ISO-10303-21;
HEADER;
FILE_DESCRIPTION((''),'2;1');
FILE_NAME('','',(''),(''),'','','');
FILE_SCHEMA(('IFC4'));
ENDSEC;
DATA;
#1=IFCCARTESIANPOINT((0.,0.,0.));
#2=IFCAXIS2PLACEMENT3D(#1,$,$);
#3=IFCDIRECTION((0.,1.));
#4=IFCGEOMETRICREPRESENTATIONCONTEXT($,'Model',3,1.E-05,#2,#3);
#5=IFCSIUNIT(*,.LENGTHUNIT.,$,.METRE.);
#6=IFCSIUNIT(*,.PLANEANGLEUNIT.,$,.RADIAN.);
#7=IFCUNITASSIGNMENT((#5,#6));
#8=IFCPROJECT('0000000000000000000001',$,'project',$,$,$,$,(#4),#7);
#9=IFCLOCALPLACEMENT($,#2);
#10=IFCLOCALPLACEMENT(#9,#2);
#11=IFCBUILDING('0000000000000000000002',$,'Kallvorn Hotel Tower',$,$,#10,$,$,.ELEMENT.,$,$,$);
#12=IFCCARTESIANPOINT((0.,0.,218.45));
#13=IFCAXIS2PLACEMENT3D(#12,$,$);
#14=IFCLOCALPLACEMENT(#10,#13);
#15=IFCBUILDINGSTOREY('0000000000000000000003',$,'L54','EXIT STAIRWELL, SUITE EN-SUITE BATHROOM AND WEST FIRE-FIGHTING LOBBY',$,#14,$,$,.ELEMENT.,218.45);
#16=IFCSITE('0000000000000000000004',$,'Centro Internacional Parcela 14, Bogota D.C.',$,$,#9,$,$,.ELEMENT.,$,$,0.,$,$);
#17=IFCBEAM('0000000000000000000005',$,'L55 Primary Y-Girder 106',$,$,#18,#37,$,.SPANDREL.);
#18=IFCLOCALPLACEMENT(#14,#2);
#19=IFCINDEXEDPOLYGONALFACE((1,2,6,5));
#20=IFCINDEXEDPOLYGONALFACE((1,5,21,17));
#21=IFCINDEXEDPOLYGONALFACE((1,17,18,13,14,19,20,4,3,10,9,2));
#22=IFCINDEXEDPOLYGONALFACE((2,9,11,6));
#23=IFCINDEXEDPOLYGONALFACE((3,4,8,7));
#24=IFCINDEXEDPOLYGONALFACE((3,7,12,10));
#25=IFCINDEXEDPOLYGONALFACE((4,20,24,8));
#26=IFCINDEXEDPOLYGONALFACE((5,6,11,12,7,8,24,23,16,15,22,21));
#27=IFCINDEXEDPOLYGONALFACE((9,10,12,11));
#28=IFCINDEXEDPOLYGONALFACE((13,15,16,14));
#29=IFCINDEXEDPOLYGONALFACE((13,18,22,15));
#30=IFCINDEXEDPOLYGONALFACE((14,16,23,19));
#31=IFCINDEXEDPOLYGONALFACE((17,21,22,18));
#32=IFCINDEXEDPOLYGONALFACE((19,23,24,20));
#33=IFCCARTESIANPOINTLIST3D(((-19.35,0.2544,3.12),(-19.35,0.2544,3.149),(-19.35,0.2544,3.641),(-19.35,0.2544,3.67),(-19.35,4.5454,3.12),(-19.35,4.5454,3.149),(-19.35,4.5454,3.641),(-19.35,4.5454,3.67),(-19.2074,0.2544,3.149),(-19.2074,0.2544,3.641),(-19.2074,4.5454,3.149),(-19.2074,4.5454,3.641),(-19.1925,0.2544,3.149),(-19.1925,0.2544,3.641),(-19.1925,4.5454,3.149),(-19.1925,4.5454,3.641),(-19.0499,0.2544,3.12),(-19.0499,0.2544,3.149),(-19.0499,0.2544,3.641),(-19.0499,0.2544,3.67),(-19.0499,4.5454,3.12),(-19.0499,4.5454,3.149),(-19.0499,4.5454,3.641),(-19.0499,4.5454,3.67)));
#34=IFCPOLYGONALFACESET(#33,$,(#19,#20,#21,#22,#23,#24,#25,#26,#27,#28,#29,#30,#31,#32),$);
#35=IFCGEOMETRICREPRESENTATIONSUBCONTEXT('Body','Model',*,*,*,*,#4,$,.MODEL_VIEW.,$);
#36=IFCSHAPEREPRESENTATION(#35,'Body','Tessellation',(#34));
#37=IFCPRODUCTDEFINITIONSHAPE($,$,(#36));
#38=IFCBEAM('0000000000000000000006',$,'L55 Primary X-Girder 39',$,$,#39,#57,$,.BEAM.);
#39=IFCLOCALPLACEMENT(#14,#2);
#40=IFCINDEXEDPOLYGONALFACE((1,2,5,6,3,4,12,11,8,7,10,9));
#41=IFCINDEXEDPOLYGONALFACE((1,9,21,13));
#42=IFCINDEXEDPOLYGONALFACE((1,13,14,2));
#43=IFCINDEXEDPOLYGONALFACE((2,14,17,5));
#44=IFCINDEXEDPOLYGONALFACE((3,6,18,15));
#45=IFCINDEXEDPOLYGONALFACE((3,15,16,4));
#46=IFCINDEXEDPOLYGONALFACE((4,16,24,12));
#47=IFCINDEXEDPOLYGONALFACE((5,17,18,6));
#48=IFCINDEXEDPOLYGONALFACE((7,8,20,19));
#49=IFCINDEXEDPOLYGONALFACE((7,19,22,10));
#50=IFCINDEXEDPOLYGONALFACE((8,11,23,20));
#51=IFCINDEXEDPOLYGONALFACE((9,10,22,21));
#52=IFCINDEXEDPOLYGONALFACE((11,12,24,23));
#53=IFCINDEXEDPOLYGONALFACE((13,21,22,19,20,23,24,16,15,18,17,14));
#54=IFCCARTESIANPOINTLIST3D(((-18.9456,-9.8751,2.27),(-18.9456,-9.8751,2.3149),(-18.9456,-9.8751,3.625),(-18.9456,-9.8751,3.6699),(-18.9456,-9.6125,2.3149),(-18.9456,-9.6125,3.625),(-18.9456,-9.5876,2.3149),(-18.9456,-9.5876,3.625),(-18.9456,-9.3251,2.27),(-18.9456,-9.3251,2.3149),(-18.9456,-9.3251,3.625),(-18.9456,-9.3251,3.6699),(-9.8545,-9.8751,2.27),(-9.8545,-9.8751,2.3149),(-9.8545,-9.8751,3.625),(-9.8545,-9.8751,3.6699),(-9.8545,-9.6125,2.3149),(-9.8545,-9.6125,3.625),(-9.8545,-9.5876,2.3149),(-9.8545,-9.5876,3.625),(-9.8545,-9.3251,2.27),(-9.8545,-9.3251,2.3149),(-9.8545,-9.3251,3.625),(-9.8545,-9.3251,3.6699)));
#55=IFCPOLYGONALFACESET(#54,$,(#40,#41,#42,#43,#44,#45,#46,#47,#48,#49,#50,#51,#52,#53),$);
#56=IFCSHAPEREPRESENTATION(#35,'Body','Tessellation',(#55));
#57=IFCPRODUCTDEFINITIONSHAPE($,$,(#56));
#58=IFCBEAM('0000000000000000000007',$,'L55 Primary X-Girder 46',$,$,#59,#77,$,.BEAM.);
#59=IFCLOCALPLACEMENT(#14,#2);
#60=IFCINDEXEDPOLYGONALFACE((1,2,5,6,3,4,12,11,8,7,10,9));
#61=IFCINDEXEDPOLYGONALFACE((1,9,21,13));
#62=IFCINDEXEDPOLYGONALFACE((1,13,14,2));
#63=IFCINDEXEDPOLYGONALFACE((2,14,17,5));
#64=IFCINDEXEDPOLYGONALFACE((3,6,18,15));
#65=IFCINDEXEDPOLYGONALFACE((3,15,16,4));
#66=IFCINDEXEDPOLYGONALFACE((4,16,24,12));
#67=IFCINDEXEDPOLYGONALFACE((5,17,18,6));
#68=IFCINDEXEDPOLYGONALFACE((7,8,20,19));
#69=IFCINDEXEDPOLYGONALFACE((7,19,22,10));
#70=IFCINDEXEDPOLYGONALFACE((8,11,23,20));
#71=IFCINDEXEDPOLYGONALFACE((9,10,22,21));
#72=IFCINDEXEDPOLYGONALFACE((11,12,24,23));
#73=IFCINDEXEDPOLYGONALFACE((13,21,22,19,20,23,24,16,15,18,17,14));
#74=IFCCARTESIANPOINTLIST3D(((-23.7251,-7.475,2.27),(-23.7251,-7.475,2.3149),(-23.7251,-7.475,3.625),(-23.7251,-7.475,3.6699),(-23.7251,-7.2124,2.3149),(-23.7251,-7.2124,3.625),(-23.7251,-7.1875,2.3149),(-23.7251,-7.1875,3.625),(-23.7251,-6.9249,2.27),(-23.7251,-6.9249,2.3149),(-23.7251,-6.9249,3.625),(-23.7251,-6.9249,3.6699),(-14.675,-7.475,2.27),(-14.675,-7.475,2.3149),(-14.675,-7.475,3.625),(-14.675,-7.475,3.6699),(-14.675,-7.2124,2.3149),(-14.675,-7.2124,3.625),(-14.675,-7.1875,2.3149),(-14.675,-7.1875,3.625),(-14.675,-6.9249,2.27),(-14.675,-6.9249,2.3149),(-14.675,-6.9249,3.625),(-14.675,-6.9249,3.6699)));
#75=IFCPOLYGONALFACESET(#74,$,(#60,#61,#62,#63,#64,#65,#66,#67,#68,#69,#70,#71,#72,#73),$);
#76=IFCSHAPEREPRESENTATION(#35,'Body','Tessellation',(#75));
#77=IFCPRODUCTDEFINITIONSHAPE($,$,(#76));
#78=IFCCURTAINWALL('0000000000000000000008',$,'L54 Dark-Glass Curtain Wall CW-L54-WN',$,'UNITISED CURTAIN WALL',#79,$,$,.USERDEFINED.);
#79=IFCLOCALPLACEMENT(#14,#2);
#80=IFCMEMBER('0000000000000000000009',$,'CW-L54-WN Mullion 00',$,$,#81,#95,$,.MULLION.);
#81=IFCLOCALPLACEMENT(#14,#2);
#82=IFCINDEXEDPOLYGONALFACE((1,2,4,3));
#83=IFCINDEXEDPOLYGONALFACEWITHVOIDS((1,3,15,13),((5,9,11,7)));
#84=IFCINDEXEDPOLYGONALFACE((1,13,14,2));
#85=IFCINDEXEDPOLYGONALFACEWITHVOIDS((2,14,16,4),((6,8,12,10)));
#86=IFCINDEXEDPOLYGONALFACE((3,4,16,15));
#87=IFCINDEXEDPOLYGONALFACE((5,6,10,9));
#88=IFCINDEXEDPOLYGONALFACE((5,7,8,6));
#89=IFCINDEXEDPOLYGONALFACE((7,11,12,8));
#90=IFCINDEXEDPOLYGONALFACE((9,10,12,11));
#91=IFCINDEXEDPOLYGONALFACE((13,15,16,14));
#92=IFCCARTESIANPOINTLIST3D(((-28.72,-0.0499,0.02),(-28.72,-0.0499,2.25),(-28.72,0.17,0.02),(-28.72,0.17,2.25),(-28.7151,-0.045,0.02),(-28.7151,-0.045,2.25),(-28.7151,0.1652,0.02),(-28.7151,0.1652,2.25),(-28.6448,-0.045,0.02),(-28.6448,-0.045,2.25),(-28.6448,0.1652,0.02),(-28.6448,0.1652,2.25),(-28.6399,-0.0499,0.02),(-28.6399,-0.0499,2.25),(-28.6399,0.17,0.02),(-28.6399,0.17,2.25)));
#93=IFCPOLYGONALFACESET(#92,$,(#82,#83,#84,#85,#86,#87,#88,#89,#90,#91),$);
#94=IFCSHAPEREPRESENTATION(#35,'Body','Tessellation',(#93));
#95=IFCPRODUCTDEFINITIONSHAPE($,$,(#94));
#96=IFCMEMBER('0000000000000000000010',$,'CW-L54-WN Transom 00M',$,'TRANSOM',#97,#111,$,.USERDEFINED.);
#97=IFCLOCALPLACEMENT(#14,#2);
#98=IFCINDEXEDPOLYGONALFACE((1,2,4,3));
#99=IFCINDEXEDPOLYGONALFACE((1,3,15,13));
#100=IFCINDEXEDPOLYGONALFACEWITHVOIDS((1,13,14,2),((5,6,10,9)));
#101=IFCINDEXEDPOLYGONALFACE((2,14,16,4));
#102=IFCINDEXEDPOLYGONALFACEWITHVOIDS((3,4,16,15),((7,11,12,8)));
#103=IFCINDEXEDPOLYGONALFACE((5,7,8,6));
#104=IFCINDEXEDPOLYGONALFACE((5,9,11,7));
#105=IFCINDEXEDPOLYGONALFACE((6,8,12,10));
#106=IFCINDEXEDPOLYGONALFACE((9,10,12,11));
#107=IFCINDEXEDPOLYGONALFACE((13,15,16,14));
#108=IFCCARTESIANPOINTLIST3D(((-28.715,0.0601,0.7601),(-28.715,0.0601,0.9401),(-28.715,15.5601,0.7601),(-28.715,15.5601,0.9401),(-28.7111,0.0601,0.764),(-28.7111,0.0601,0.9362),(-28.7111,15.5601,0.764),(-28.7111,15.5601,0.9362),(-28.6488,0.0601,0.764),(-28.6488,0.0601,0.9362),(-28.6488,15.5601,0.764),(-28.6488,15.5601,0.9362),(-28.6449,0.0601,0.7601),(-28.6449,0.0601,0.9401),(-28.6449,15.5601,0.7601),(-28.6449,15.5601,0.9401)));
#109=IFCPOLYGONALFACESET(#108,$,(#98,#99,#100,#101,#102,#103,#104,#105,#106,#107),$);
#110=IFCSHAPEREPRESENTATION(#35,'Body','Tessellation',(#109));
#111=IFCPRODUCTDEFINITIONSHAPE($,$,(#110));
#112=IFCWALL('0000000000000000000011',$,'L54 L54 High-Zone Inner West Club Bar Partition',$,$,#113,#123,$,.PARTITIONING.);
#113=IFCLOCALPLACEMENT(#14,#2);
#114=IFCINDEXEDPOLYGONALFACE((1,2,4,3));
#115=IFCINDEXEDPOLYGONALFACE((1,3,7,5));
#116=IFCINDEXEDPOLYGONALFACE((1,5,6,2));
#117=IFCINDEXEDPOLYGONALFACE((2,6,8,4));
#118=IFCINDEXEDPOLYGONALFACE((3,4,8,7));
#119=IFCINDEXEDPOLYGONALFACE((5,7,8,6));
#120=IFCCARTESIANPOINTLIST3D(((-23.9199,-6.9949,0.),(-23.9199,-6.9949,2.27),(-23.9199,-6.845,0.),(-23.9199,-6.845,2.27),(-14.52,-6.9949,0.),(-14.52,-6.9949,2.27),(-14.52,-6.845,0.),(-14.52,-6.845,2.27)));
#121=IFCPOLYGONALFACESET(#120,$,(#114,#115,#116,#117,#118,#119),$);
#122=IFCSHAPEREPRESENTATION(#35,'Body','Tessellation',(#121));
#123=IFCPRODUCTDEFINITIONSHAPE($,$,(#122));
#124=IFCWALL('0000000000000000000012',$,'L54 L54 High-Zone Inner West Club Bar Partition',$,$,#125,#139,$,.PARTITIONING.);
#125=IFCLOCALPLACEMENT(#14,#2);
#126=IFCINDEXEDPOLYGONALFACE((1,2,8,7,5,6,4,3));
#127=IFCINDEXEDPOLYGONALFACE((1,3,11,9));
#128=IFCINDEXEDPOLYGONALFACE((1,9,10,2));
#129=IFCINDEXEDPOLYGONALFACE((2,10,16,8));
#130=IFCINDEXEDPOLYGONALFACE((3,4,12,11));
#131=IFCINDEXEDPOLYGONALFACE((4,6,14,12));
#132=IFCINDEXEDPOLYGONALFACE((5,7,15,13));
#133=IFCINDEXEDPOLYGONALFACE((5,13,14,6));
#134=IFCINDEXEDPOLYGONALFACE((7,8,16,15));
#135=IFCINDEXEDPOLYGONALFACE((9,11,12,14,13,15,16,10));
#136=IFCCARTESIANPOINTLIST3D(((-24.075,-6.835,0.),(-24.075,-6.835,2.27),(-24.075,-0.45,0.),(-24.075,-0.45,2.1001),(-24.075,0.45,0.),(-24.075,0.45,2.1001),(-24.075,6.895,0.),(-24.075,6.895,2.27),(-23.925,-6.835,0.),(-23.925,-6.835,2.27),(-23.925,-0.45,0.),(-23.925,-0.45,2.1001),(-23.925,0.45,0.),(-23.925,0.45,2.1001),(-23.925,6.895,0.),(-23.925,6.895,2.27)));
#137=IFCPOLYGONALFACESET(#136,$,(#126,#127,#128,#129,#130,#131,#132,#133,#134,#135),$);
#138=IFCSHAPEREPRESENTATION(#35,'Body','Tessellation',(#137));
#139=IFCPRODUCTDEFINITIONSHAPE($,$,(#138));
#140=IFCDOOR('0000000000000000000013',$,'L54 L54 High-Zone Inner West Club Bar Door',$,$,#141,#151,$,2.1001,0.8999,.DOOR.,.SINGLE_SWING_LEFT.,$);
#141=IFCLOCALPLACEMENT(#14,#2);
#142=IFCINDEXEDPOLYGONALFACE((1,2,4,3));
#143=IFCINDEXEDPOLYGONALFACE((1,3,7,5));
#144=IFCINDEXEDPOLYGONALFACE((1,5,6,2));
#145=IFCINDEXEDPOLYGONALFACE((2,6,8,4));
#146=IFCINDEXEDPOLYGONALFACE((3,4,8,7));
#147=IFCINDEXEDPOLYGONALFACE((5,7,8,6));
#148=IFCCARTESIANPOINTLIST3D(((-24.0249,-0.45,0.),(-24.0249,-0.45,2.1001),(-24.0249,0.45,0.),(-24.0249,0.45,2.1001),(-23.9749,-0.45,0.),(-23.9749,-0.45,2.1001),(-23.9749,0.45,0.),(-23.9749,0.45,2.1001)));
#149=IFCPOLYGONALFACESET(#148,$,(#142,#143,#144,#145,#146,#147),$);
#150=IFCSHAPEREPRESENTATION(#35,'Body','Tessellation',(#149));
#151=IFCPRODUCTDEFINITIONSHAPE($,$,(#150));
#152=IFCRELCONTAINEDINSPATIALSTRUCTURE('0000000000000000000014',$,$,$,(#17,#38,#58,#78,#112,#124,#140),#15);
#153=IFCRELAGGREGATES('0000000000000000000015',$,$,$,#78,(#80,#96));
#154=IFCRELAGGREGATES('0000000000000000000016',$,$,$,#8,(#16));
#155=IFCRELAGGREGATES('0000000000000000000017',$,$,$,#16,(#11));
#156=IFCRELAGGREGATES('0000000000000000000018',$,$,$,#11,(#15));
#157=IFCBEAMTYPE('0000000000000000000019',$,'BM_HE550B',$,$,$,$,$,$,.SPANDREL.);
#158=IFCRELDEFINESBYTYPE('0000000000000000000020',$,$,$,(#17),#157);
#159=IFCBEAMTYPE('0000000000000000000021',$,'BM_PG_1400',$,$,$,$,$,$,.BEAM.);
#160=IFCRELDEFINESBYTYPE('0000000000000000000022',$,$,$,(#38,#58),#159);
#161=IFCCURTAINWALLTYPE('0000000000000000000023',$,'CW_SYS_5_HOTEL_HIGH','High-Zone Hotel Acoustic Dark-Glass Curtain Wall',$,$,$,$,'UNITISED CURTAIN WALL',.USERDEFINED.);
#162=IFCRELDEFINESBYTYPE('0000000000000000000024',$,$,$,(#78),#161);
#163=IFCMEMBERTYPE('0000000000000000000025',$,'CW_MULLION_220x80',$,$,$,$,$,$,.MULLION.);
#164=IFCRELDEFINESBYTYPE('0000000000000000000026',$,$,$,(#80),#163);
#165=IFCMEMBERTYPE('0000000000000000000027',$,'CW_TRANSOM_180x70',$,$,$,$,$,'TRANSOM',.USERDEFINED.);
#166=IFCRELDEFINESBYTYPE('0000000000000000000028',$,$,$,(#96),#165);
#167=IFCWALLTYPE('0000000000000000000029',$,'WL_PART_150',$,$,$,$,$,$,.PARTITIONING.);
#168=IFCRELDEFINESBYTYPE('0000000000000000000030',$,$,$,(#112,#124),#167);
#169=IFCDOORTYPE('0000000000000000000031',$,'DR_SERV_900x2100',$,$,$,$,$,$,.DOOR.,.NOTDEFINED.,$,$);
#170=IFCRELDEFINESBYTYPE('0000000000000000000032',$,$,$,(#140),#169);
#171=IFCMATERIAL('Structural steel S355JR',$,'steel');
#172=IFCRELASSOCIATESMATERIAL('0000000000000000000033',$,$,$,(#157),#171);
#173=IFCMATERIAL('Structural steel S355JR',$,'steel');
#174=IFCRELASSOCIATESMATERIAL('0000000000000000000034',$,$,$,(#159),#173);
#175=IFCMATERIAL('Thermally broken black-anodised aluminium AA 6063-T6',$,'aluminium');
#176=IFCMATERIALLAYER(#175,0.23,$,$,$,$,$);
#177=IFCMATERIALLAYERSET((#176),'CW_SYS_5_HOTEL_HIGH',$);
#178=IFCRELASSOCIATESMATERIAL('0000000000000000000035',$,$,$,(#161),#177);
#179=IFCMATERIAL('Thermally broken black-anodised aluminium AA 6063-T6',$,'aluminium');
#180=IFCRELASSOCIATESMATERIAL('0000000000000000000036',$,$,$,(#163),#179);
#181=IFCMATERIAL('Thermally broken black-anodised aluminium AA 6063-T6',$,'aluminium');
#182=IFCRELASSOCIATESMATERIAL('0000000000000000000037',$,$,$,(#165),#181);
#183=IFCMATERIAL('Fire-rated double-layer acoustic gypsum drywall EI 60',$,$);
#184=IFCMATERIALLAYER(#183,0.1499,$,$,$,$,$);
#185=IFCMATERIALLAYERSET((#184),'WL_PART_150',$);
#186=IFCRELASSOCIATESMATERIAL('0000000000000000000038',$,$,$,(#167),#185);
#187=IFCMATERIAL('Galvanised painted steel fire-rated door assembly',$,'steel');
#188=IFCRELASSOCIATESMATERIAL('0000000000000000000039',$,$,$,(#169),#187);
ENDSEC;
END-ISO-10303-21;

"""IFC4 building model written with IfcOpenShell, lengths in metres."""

from ifc_helpers import new_model, si_unit, direction, frame, frame_2d, origin, origin_2d, place, context, subcontext, project, spatial, rectangle, hollow_rectangle, i_section, extrude, material, layer, layer_set, material_profile, profile_set, type_object, element, fill, aggregate, save


model = new_model("IFC4")

# Units and contexts
model_context = context("Model", 3, precision=1e-05, world=origin(), true_north=direction((0.0, 1.0)))
body_context = subcontext(model_context, "Body", "Model", "MODEL_VIEW")
ifc_project = project(units=[si_unit("LENGTHUNIT", "METRE"), si_unit("PLANEANGLEUNIT", "RADIAN")], contexts=[model_context])

# Site, building, storey
site_placement = place(None, origin())
site = spatial("IfcSite", under=ifc_project, at=site_placement, Name="Centro Internacional Parcela 14, Bogota D.C.", CompositionType="ELEMENT", RefElevation=0.0)
building_placement = place(site_placement, origin())
building = spatial("IfcBuilding", under=site, at=building_placement, Name="Kallvorn Hotel Tower", CompositionType="ELEMENT")
storey_placement = place(building_placement, frame((0.0, 0.0, 218.45)))
storey = spatial("IfcBuildingStorey", under=building, at=storey_placement, Name="L54", Description="EXIT STAIRWELL, SUITE EN-SUITE BATHROOM AND WEST FIRE-FIGHTING LOBBY", CompositionType="ELEMENT", Elevation=218.45)

# Beams
ifc_material_1 = material(Name="Structural steel S355JR", Category="steel")
ifc_material_profile_1 = material_profile(ifc_material_1, i_section(OverallWidth=0.3, OverallDepth=0.55, WebThickness=0.0149, FlangeThickness=0.0291, at=origin_2d()), Name="HE 550 B")
ifc_profile_set_1 = profile_set([ifc_material_profile_1], Name="Structural steel S355JR")
beam_type_1 = type_object("IfcBeamType", Name="BM_HE550B", PredefinedType="SPANDREL", material=ifc_profile_set_1)
for number, where, z_axis, x_axis, name in (
    (1, (-19.2, 0.2544, 3.395), (0.0, 1.0, 0.0), (-1.0, 0.0, 0.0), "L55 Primary Y-Girder 106"),
):
    element("IfcBeam", number, at=place(storey_placement, frame(where, z_axis=z_axis, x_axis=x_axis)), inside=storey, type_object=beam_type_1, Name=name, PredefinedType="SPANDREL", context=body_context, shape_type="SweptSolid", body=[
        extrude(i_section(OverallWidth=0.3, OverallDepth=0.55, WebThickness=0.0149, FlangeThickness=0.0291, at=origin_2d()), origin(), (0.0, 0.0, 1.0), 4.291),
    ])
ifc_material_2 = material(Name="Structural steel S355JR", Category="steel")
ifc_material_profile_2 = material_profile(ifc_material_2, i_section(OverallWidth=0.55, OverallDepth=1.3999, WebThickness=0.0249, FlangeThickness=0.0449, at=origin_2d()), Name="PG 1400x550x25x45")
ifc_profile_set_2 = profile_set([ifc_material_profile_2], Name="Structural steel S355JR")
beam_type_2 = type_object("IfcBeamType", Name="BM_PG_1400", PredefinedType="BEAM", material=ifc_profile_set_2)
beam_1_placement = place(storey_placement, frame((-18.9456, -9.6001, 2.97), z_axis=(1.0, 0.0, 0.0), x_axis=(0.0, 1.0, 0.0)))
element("IfcBeam", 2, at=beam_1_placement, inside=storey, type_object=beam_type_2, Name="L55 Primary X-Girder 39", PredefinedType="BEAM", context=body_context, shape_type="SweptSolid", body=[
    extrude(i_section(OverallWidth=0.55, OverallDepth=1.3999, WebThickness=0.0249, FlangeThickness=0.0449, at=origin_2d()), origin(), (0.0, 0.0, 1.0), 9.0911),
])
beam_2_placement = place(storey_placement, frame((-23.7251, -7.2, 2.97), z_axis=(1.0, 0.0, 0.0), x_axis=(0.0, 1.0, 0.0)))
element("IfcBeam", 3, at=beam_2_placement, inside=storey, type_object=beam_type_2, Name="L55 Primary X-Girder 46", PredefinedType="BEAM", context=body_context, shape_type="SweptSolid", body=[
    extrude(i_section(OverallWidth=0.55, OverallDepth=1.3999, WebThickness=0.0249, FlangeThickness=0.0449, at=origin_2d()), origin(), (0.0, 0.0, 1.0), 9.05),
])

# Curtain wall, members
ifc_material_3 = material(Name="Thermally broken black-anodised aluminium AA 6063-T6", Category="aluminium")
ifc_layer_1 = layer(ifc_material_3, 0.23)
ifc_layer_set_1 = layer_set([ifc_layer_1], Name="CW_SYS_5_HOTEL_HIGH")
curtain_wall_type = type_object("IfcCurtainWallType", Name="CW_SYS_5_HOTEL_HIGH", Description="High-Zone Hotel Acoustic Dark-Glass Curtain Wall", ElementType="UNITISED CURTAIN WALL", PredefinedType="USERDEFINED", material=ifc_layer_set_1)
curtain_wall_placement = place(storey_placement, origin())
curtain_wall = element("IfcCurtainWall", 4, at=curtain_wall_placement, inside=storey, type_object=curtain_wall_type, Name="L54 Dark-Glass Curtain Wall CW-L54-WN", ObjectType="UNITISED CURTAIN WALL", PredefinedType="USERDEFINED")
ifc_material_4 = material(Name="Thermally broken black-anodised aluminium AA 6063-T6", Category="aluminium")
ifc_material_profile_3 = material_profile(ifc_material_4, hollow_rectangle(XDim=0.0801, YDim=0.22, WallThickness=0.0049, at=origin_2d()), Name="MUL 220x80")
ifc_profile_set_3 = profile_set([ifc_material_profile_3], Name="Thermally broken black-anodised aluminium AA 6063-T6")
member_type_1 = type_object("IfcMemberType", Name="CW_MULLION_220x80", PredefinedType="MULLION", material=ifc_profile_set_3)
member_1_placement = place(storey_placement, frame((-28.6799, 0.0601, 0.02), z_axis=(0.0, 0.0, 1.0), x_axis=(1.0, 0.0, 0.0)))
member_1 = element("IfcMember", 5, at=member_1_placement, type_object=member_type_1, Name="CW-L54-WN Mullion 00", PredefinedType="MULLION", context=body_context, shape_type="SweptSolid", body=[
    extrude(hollow_rectangle(XDim=0.0801, YDim=0.22, WallThickness=0.0049, at=origin_2d()), origin(), (0.0, 0.0, 1.0), 2.23),
])
ifc_material_5 = material(Name="Thermally broken black-anodised aluminium AA 6063-T6", Category="aluminium")
ifc_material_profile_4 = material_profile(ifc_material_5, hollow_rectangle(XDim=0.0701, YDim=0.1799, WallThickness=0.0039, at=origin_2d()), Name="TRN 180x70")
ifc_profile_set_4 = profile_set([ifc_material_profile_4], Name="Thermally broken black-anodised aluminium AA 6063-T6")
member_type_2 = type_object("IfcMemberType", Name="CW_TRANSOM_180x70", ElementType="TRANSOM", PredefinedType="USERDEFINED", material=ifc_profile_set_4)
member_2_placement = place(storey_placement, frame((-28.6799, 0.0601, 0.8501), z_axis=(0.0, 1.0, 0.0), x_axis=(-1.0, 0.0, 0.0)))
member_2 = element("IfcMember", 6, at=member_2_placement, type_object=member_type_2, Name="CW-L54-WN Transom 00M", ObjectType="TRANSOM", PredefinedType="USERDEFINED", context=body_context, shape_type="SweptSolid", body=[
    extrude(hollow_rectangle(XDim=0.0701, YDim=0.1799, WallThickness=0.0039, at=origin_2d()), origin(), (0.0, 0.0, 1.0), 15.5),
])
aggregate(curtain_wall, [member_1, member_2])

# Wall
ifc_material_6 = material(Name="Fire-rated double-layer acoustic gypsum drywall EI 60")
ifc_layer_2 = layer(ifc_material_6, 0.1499)
ifc_layer_set_2 = layer_set([ifc_layer_2], Name="WL_PART_150")
wall_type = type_object("IfcWallType", Name="WL_PART_150", PredefinedType="PARTITIONING", material=ifc_layer_set_2)
wall_1_placement = place(storey_placement, frame((-23.9199, -6.9199, 0.0), z_axis=(0.0, 0.0, 1.0), x_axis=(1.0, 0.0, 0.0)))
element("IfcWall", 7, at=wall_1_placement, inside=storey, type_object=wall_type, Name="L54 L54 High-Zone Inner West Club Bar Partition", PredefinedType="PARTITIONING", context=body_context, shape_type="SweptSolid", body=[
    extrude(rectangle(XDim=9.3999, YDim=0.1499, at=frame_2d((4.7, 0.0))), origin(), (0.0, 0.0, 1.0), 2.27),
])

# Wall, opening, door
wall_2_placement = place(storey_placement, frame((-24.0, -6.835, 0.0), z_axis=(0.0, 0.0, 1.0), x_axis=(0.0, 1.0, 0.0)))
wall_2 = element("IfcWall", 8, at=wall_2_placement, inside=storey, type_object=wall_type, Name="L54 L54 High-Zone Inner West Club Bar Partition", PredefinedType="PARTITIONING", context=body_context, shape_type="SweptSolid", body=[
    extrude(rectangle(XDim=13.73, YDim=0.1499, at=frame_2d((6.865, 0.0))), origin(), (0.0, 0.0, 1.0), 2.27),
])
opening_placement = place(wall_2_placement, frame((6.385, 0.0, 0.0)))
opening = element("IfcOpeningElement", 9, at=opening_placement, cuts=wall_2, PredefinedType="OPENING", context=body_context, shape_type="SweptSolid", body=[
    extrude(rectangle(XDim=0.8999, YDim=2.1001, at=frame_2d((0.45, 1.05))), frame((0.0, 0.0898, 0.0), z_axis=(0.0, -1.0, 0.0), x_axis=(1.0, 0.0, 0.0)), (0.0, 0.0, 1.0), 0.1799),
])
ifc_material_7 = material(Name="Galvanised painted steel fire-rated door assembly", Category="steel")
door_type = type_object("IfcDoorType", Name="DR_SERV_900x2100", OperationType="NOTDEFINED", PredefinedType="DOOR", material=ifc_material_7)
door_placement = place(opening_placement, origin())
door = element("IfcDoor", 10, at=door_placement, inside=storey, type_object=door_type, Name="L54 L54 High-Zone Inner West Club Bar Door", OperationType="SINGLE_SWING_LEFT", OverallHeight=2.1001, OverallWidth=0.8999, PredefinedType="DOOR", context=body_context, shape_type="SweptSolid", body=[
    extrude(rectangle(XDim=0.8999, YDim=2.1001, at=frame_2d((0.45, 1.05))), frame((0.0, 0.0249, 0.0), z_axis=(0.0, -1.0, 0.0), x_axis=(1.0, 0.0, 0.0)), (0.0, 0.0, 1.0), 0.05),
])
fill(opening, door)

save(model, "model.ifc")
